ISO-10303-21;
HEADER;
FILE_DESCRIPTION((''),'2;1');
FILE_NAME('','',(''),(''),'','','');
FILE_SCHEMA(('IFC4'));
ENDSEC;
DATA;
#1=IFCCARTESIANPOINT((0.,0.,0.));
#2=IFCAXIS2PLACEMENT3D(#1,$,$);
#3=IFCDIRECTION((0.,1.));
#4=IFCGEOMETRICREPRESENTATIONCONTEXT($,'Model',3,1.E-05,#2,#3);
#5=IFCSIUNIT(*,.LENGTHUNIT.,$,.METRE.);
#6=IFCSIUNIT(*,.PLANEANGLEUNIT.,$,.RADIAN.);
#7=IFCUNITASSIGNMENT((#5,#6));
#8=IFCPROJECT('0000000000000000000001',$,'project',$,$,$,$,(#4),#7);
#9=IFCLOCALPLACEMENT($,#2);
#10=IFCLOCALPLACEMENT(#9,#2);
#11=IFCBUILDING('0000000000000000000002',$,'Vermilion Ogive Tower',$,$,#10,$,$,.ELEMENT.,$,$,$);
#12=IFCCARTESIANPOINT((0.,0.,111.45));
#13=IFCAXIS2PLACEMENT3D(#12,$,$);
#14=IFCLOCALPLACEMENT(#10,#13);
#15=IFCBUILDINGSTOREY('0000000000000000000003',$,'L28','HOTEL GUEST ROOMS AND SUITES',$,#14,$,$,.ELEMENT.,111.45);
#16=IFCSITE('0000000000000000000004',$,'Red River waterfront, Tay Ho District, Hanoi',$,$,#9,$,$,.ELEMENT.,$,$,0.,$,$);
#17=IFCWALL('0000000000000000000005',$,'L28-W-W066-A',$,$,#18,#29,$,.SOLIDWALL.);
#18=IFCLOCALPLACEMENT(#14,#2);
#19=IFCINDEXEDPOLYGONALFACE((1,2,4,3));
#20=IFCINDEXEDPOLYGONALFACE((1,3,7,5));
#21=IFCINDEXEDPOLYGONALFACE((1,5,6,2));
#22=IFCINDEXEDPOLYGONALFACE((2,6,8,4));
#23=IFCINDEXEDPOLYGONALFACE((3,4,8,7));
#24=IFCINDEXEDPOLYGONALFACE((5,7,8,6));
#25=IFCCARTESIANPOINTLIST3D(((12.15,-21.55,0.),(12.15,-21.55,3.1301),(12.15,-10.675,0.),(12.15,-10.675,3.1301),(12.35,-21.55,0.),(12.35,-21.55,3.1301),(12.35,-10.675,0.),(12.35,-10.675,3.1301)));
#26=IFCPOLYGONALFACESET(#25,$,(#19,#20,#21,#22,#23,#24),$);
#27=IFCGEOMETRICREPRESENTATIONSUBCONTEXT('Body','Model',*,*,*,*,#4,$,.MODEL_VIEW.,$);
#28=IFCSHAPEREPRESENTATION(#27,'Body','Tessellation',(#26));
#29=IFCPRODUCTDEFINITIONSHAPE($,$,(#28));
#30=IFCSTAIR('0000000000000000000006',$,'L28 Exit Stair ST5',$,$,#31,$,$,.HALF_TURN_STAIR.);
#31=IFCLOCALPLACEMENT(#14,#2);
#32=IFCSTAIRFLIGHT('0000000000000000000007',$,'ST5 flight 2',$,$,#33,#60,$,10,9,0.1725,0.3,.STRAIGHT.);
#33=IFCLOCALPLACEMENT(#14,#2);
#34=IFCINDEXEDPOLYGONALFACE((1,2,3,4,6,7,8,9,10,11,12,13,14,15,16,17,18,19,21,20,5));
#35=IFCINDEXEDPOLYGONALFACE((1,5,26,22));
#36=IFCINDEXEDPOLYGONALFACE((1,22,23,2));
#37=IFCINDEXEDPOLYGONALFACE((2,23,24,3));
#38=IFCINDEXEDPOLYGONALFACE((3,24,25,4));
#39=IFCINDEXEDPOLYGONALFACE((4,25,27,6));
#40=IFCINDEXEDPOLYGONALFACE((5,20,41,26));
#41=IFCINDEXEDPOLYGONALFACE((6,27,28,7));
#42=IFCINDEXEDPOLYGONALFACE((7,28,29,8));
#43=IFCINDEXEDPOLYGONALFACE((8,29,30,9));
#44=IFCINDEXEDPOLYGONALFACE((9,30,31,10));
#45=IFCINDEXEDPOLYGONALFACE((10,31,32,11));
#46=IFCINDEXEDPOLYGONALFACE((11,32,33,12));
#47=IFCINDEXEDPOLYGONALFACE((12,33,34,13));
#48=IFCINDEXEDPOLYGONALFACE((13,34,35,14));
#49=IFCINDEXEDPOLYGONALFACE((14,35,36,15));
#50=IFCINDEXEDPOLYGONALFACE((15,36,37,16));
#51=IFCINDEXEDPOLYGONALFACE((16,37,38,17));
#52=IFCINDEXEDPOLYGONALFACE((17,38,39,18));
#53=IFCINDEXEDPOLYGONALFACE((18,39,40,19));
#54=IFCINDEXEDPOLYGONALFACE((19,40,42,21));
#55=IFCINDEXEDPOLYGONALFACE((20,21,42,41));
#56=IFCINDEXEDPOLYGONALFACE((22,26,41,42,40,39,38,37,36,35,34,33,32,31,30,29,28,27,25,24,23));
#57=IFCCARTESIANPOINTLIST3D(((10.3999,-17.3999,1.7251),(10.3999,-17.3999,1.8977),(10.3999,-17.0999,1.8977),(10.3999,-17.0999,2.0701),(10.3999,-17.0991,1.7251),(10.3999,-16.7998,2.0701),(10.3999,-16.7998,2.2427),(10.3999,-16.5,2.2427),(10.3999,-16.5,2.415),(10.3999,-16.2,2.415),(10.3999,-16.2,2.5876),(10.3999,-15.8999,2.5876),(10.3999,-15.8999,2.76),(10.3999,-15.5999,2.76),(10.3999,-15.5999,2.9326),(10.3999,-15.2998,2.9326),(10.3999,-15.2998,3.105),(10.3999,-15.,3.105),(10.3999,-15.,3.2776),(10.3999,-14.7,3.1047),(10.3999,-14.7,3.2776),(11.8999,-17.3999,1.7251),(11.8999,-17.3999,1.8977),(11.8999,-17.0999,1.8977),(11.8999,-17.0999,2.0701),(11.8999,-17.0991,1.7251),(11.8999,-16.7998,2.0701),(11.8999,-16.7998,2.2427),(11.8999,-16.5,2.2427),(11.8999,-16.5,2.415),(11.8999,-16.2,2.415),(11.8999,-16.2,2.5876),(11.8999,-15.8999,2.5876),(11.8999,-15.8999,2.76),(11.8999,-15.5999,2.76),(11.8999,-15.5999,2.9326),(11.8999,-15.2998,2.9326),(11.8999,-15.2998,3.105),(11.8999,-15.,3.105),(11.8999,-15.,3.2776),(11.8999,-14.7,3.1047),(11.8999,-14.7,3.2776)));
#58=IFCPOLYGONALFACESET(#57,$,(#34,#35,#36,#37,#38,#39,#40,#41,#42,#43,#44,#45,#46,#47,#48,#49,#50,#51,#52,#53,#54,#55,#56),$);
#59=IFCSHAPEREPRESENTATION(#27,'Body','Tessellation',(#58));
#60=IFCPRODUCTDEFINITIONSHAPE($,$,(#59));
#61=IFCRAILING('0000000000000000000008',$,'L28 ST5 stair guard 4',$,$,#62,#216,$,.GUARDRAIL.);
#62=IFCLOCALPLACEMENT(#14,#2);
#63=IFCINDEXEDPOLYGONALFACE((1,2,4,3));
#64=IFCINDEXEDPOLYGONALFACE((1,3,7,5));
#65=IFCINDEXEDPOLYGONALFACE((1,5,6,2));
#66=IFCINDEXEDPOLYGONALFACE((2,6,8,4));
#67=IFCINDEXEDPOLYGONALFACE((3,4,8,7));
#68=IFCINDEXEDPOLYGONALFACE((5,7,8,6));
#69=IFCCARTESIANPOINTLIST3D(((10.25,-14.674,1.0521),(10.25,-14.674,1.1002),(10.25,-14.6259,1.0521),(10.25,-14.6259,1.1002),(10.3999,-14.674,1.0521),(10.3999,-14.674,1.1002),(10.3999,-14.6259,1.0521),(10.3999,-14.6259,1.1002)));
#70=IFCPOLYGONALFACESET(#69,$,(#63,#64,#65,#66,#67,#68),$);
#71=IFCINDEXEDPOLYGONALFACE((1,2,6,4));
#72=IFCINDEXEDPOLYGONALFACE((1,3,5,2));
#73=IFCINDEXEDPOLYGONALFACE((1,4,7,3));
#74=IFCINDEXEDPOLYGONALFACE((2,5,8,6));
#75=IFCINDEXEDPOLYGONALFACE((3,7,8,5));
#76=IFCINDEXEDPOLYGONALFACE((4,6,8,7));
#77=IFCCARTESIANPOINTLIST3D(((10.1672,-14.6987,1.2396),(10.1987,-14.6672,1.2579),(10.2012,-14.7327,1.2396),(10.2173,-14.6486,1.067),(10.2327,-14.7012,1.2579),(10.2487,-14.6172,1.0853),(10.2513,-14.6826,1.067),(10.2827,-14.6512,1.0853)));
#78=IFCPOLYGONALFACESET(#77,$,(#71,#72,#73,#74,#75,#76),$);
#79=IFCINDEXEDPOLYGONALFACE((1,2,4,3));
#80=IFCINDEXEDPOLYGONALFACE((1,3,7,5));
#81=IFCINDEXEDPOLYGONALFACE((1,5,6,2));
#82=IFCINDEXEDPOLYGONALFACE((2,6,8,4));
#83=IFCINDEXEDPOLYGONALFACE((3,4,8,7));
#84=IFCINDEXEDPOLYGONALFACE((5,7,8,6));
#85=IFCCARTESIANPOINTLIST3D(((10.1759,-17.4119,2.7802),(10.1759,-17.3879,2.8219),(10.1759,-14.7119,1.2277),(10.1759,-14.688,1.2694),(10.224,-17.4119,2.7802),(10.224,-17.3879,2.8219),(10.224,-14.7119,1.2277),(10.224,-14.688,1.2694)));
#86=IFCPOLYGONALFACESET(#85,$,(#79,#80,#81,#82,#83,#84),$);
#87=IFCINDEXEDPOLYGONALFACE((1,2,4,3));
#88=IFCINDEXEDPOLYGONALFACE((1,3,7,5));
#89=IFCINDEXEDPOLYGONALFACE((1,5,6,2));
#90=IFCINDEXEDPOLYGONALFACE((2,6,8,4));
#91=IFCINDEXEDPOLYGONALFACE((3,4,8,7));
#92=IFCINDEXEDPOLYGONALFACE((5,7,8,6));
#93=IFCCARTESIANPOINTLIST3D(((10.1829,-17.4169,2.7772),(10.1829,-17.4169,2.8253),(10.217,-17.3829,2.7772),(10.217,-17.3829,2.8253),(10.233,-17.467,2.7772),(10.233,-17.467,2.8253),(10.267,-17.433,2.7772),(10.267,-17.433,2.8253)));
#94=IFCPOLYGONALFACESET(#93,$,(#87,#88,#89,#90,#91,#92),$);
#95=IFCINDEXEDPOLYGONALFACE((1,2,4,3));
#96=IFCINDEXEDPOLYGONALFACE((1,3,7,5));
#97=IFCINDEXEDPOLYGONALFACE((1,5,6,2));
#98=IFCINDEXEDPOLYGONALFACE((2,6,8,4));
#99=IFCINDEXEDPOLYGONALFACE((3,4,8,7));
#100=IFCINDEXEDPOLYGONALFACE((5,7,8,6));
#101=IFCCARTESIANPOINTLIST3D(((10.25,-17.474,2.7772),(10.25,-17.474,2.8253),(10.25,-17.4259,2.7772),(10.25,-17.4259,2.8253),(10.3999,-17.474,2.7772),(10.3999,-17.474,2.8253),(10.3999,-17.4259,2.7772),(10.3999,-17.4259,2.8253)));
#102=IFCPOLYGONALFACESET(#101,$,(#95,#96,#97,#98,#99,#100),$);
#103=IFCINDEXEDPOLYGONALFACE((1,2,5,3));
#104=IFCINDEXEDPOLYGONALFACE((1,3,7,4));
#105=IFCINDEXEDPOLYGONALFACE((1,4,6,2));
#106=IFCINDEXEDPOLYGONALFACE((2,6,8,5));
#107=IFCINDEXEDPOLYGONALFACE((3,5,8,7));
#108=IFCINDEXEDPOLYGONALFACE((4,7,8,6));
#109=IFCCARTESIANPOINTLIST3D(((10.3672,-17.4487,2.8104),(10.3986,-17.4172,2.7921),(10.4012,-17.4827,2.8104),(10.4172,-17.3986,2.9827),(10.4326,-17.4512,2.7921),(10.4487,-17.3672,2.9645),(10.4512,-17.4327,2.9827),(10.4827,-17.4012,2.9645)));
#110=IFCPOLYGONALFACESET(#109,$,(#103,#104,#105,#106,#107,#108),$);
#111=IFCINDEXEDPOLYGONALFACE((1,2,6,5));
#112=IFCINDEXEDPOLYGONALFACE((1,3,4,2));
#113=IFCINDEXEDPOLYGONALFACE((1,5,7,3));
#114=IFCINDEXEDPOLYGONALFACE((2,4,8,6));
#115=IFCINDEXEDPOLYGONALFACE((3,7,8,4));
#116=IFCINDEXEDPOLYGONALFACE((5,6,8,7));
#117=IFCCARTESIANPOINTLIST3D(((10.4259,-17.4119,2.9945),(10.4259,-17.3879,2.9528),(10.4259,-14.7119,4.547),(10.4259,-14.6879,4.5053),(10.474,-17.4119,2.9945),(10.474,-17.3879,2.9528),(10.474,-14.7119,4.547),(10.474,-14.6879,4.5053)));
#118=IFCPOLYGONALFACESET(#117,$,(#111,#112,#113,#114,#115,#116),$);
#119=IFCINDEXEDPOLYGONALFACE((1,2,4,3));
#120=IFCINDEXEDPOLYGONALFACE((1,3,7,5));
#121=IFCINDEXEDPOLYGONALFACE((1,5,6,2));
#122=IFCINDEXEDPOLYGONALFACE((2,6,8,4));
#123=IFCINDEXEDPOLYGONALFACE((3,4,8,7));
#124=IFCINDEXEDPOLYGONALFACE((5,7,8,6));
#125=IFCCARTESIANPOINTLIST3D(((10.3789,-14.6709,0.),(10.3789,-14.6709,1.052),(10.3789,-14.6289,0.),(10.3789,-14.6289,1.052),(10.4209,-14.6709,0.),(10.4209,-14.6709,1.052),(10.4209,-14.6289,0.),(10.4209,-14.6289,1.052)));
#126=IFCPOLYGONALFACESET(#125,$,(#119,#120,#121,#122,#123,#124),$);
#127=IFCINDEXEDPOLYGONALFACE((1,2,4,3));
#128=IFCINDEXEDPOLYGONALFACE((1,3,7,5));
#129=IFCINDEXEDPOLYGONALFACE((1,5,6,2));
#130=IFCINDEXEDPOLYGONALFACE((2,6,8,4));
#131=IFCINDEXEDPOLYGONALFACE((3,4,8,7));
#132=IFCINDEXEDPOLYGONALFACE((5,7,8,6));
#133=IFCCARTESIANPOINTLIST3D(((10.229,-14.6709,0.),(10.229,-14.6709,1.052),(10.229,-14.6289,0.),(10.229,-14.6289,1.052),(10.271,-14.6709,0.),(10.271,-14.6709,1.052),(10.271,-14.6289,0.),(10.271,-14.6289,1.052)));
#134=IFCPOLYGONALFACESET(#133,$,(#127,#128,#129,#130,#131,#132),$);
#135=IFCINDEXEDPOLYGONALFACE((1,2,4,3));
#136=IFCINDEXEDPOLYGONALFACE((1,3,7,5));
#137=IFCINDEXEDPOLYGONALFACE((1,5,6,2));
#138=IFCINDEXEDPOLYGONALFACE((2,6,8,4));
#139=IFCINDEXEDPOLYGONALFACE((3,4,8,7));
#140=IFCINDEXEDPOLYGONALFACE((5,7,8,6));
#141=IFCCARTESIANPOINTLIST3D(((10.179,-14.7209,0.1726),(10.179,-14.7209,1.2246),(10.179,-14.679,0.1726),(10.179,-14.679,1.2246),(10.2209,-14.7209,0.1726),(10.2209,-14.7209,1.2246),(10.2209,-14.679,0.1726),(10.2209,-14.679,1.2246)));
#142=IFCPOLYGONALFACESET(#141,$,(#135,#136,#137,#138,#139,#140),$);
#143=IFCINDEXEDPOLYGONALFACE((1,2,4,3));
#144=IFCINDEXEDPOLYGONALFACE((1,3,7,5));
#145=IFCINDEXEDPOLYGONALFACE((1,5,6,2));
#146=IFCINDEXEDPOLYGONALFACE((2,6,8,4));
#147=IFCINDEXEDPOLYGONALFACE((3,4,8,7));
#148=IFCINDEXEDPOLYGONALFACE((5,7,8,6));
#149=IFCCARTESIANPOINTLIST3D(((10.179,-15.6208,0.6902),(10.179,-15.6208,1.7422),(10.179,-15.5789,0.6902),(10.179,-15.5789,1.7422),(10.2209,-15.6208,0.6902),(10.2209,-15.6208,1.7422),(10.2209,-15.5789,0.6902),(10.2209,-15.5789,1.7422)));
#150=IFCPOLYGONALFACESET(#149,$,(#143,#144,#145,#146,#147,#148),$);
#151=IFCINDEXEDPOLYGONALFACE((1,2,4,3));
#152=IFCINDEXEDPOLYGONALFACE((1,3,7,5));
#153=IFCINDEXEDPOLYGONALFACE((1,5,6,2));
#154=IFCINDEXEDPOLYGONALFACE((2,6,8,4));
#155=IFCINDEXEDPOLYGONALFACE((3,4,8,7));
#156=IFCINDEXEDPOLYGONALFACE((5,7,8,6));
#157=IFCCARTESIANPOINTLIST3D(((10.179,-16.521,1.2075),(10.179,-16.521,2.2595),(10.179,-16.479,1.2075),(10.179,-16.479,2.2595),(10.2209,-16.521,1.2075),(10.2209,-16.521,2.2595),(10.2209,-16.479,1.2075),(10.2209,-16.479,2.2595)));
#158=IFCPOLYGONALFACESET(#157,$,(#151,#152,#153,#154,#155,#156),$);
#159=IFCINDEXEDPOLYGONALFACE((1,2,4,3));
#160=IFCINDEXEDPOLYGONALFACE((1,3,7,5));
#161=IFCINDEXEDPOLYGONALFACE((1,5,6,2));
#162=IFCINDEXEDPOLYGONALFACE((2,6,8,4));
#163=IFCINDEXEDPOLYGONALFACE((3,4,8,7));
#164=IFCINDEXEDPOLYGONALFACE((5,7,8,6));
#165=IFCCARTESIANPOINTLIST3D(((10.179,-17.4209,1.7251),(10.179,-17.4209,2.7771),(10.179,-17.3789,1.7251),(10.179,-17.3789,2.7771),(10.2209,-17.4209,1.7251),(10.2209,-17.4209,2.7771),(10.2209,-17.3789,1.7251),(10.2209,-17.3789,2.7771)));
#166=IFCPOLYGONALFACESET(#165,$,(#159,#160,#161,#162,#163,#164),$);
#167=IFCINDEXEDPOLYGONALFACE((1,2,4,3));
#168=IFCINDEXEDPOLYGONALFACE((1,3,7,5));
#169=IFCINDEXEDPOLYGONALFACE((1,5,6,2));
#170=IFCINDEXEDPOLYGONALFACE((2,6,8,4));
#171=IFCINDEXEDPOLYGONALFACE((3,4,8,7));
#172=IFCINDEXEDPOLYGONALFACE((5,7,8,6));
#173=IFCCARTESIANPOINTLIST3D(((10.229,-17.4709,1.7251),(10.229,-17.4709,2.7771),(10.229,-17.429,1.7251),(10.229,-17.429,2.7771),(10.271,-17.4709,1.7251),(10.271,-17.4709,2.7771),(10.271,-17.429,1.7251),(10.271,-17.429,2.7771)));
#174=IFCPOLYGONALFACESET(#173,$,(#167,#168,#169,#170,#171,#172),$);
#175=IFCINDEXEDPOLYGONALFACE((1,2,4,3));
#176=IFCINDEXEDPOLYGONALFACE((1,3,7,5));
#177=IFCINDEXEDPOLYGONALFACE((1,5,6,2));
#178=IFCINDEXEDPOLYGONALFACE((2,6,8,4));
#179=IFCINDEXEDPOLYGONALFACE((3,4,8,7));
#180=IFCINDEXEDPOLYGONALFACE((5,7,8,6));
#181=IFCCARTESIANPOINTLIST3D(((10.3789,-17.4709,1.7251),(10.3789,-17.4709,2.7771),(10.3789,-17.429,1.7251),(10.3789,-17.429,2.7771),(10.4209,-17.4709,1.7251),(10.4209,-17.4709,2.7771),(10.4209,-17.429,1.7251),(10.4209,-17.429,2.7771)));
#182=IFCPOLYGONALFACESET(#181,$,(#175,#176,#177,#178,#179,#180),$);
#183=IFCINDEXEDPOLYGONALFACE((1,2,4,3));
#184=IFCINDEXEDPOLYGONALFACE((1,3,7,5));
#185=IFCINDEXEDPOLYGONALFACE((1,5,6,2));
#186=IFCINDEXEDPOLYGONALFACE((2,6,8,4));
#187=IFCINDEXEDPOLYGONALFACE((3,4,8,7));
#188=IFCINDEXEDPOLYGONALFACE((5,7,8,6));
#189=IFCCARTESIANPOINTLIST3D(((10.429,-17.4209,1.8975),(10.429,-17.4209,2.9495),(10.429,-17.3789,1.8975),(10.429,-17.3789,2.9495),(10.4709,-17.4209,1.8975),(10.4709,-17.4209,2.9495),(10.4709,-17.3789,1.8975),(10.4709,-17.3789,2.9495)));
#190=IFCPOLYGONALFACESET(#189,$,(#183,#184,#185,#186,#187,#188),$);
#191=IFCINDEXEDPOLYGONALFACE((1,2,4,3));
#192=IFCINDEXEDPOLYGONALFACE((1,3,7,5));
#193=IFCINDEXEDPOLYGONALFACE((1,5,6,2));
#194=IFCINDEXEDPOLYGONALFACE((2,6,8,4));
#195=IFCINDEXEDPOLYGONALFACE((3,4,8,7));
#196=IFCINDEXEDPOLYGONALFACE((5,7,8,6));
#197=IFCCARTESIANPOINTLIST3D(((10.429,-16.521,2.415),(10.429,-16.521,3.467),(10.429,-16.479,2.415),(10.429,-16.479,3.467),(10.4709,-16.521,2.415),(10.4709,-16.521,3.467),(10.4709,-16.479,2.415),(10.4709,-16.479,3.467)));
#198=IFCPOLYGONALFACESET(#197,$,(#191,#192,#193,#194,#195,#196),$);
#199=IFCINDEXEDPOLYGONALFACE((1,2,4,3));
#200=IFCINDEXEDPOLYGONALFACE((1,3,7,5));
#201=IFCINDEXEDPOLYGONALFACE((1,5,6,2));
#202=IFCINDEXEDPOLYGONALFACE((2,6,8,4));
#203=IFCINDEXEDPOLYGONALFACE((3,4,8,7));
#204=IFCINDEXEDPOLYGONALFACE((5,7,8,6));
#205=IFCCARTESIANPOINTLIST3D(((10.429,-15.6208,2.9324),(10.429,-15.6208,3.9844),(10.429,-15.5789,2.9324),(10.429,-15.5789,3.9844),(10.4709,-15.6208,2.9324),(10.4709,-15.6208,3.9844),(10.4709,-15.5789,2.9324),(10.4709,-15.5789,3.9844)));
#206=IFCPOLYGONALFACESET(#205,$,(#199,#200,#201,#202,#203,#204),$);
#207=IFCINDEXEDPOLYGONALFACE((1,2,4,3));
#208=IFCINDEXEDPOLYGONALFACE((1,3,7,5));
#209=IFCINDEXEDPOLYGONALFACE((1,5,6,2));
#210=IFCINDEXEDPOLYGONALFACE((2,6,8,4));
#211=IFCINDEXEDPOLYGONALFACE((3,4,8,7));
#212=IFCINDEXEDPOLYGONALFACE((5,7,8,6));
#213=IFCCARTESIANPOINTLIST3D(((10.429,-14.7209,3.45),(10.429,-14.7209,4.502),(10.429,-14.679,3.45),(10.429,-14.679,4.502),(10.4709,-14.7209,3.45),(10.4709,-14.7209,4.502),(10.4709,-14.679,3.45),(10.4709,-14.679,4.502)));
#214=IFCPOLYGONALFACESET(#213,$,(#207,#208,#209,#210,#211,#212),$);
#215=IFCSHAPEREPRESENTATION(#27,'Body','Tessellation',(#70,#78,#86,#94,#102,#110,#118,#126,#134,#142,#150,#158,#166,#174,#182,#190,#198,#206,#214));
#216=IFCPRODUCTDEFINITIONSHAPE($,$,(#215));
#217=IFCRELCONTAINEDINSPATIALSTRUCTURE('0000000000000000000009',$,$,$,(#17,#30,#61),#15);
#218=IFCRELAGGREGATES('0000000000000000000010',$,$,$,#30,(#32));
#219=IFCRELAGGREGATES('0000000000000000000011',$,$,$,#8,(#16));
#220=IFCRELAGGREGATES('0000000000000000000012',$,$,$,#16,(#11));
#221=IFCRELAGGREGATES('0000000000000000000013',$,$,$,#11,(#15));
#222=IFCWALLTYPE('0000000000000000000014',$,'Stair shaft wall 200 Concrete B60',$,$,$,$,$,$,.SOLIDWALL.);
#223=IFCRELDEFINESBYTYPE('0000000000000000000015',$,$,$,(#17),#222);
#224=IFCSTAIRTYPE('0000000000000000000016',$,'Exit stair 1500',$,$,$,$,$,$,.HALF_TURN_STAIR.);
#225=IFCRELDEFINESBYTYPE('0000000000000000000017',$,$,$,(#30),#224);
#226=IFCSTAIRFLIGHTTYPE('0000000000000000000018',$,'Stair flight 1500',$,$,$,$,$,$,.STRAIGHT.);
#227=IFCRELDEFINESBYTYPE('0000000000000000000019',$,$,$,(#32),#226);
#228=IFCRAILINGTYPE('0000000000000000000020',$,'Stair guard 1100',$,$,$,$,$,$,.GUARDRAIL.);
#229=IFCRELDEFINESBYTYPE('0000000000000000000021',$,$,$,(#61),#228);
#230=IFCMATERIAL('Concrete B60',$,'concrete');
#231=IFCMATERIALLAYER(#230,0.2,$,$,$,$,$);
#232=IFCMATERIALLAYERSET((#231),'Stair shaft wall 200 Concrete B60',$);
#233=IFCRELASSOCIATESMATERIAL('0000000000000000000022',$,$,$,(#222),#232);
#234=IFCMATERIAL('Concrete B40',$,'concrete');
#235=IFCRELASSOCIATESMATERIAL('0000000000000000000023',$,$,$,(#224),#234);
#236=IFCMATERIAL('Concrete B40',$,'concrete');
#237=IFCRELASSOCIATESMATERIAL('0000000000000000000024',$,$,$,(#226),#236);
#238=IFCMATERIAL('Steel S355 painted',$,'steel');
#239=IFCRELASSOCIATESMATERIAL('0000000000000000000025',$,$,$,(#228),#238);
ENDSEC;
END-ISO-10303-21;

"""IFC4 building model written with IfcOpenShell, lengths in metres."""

from ifc_helpers import new_model, si_unit, direction, frame, frame_2d, origin, origin_2d, place, context, subcontext, project, spatial, polyline, rectangle, outline, extrude, material, layer, layer_set, type_object, element, aggregate, save


model = new_model("IFC4")

# Units and contexts
model_context = context("Model", 3, precision=1e-05, world=origin(), true_north=direction((0.0, 1.0)))
body_context = subcontext(model_context, "Body", "Model", "MODEL_VIEW")
ifc_project = project(units=[si_unit("LENGTHUNIT", "METRE"), si_unit("PLANEANGLEUNIT", "RADIAN")], contexts=[model_context])

# Site, building, storey
site_placement = place(None, origin())
site = spatial("IfcSite", under=ifc_project, at=site_placement, Name="Red River waterfront, Tay Ho District, Hanoi", CompositionType="ELEMENT", RefElevation=0.0)
building_placement = place(site_placement, origin())
building = spatial("IfcBuilding", under=site, at=building_placement, Name="Vermilion Ogive Tower", CompositionType="ELEMENT")
storey_placement = place(building_placement, frame((0.0, 0.0, 111.45)))
storey = spatial("IfcBuildingStorey", under=building, at=storey_placement, Name="L28", Description="HOTEL GUEST ROOMS AND SUITES", CompositionType="ELEMENT", Elevation=111.45)

# Wall
ifc_material_1 = material(Name="Concrete B60", Category="concrete")
ifc_layer_1 = layer(ifc_material_1, 0.2)
ifc_layer_set_1 = layer_set([ifc_layer_1], Name="Stair shaft wall 200 Concrete B60")
wall_type_1 = type_object("IfcWallType", Name="Stair shaft wall 200 Concrete B60", PredefinedType="SOLIDWALL", material=ifc_layer_set_1)
wall_1_placement = place(storey_placement, frame((12.25, -21.55, 0.0), z_axis=(0.0, 0.0, 1.0), x_axis=(0.0, 1.0, 0.0)))
element("IfcWall", 1, at=wall_1_placement, inside=storey, type_object=wall_type_1, Name="L28-W-W066-A", PredefinedType="SOLIDWALL", context=body_context, shape_type="SweptSolid", body=[
    extrude(rectangle(XDim=10.875, YDim=0.2, at=frame_2d((5.4375, 0.0))), origin(), (0.0, 0.0, 1.0), 3.1301),
])

# Stair, stair flight
ifc_material_2 = material(Name="Concrete B40", Category="concrete")
stair_type = type_object("IfcStairType", Name="Exit stair 1500", PredefinedType="HALF_TURN_STAIR", material=ifc_material_2)
stair_placement = place(storey_placement, origin())
stair = element("IfcStair", 2, at=stair_placement, inside=storey, type_object=stair_type, Name="L28 Exit Stair ST5", PredefinedType="HALF_TURN_STAIR")
ifc_material_3 = material(Name="Concrete B40", Category="concrete")
stair_flight_type = type_object("IfcStairFlightType", Name="Stair flight 1500", PredefinedType="STRAIGHT", material=ifc_material_3)
stair_flight_placement = place(storey_placement, frame((11.1499, -17.3999, 1.7251), z_axis=(0.0, 0.0, 1.0), x_axis=(0.0, 1.0, 0.0)))
stair_flight = element("IfcStairFlight", 3, at=stair_flight_placement, type_object=stair_flight_type, Name="ST5 flight 2", NumberOfRisers=10, NumberOfTreads=9, PredefinedType="STRAIGHT", RiserHeight=0.1725, TreadLength=0.3, context=body_context, shape_type="SweptSolid", body=[
    extrude(outline(polyline([(0.0, 0.0), (0.0, 0.1726), (0.3, 0.1726), (0.3, 0.345), (0.6001, 0.345), (0.6001, 0.5176), (0.8999, 0.5176), (0.8999, 0.6899), (1.2, 0.6899), (1.2, 0.8625), (1.5, 0.8625), (1.5, 1.0349), (1.8, 1.0349), (1.8, 1.2075), (2.1001, 1.2075), (2.1001, 1.3799), (2.3999, 1.3799), (2.3999, 1.5525), (2.7, 1.5525), (2.7, 1.7251), (2.7, 1.3796), (0.3008, 0.0), (0.0, 0.0)])), frame((0.0, 0.75, 0.0), z_axis=(0.0, -1.0, 0.0), x_axis=(1.0, 0.0, 0.0)), (0.0, 0.0, 1.0), 1.5),
])
aggregate(stair, [stair_flight])

# Railing
ifc_material_4 = material(Name="Steel S355 painted", Category="steel")
railing_type_1 = type_object("IfcRailingType", Name="Stair guard 1100", PredefinedType="GUARDRAIL", material=ifc_material_4)
railing_1_placement = place(storey_placement, frame((10.3999, -14.6499, 0.0)))
element("IfcRailing", 4, at=railing_1_placement, inside=storey, type_object=railing_type_1, Name="L28 ST5 stair guard 4", PredefinedType="GUARDRAIL", context=body_context, shape_type="SweptSolid", body=[
    extrude(rectangle(XDim=0.0481, YDim=0.0481, at=origin_2d()), frame((0.0, 0.0, 1.0762), z_axis=(-1.0, 0.0, 0.0), x_axis=(0.0, -1.0, 0.0)), (0.0, 0.0, 1.0), 0.1499),
    extrude(rectangle(XDim=0.0481, YDim=0.0481, at=origin_2d()), frame((-0.1499, 0.0, 1.0762), z_axis=(-0.268278, -0.268278, 0.925232), x_axis=(0.707107, -0.707107, 0.0)), (0.0, 0.0, 1.0), 0.1865),
    extrude(rectangle(XDim=0.0481, YDim=0.0481, at=origin_2d()), frame((-0.2, -0.05, 1.2485), z_axis=(0.0, -0.866904, 0.498476), x_axis=(1.0, 0.0, 0.0)), (0.0, 0.0, 1.0), 3.1145),
    extrude(rectangle(XDim=0.0481, YDim=0.0481, at=origin_2d()), frame((-0.2, -2.75, 2.8013), z_axis=(0.707107, -0.707107, 0.0), x_axis=(0.707107, 0.707107, 0.0)), (0.0, 0.0, 1.0), 0.0708),
    extrude(rectangle(XDim=0.0481, YDim=0.0481, at=origin_2d()), frame((-0.1499, -2.8, 2.8013), z_axis=(1.0, 0.0, 0.0), x_axis=(0.0, 1.0, 0.0)), (0.0, 0.0, 1.0), 0.1499),
    extrude(rectangle(XDim=0.0481, YDim=0.0481, at=origin_2d()), frame((0.0, -2.8, 2.8013), z_axis=(0.268603, 0.268603, 0.925043), x_axis=(-0.707107, 0.707107, 0.0)), (0.0, 0.0, 1.0), 0.1863),
    extrude(rectangle(XDim=0.0481, YDim=0.0481, at=origin_2d()), frame((0.05, -2.75, 2.9736), z_axis=(0.0, 0.866904, 0.498476), x_axis=(-1.0, 0.0, 0.0)), (0.0, 0.0, 1.0), 3.1145),
    extrude(rectangle(XDim=0.042, YDim=0.042, at=origin_2d()), origin(), (0.0, 0.0, 1.0), 1.052),
    extrude(rectangle(XDim=0.042, YDim=0.042, at=origin_2d()), frame((-0.1499, 0.0, 0.0)), (0.0, 0.0, 1.0), 1.052),
    extrude(rectangle(XDim=0.042, YDim=0.042, at=origin_2d()), frame((-0.2, -0.05, 0.1726)), (0.0, 0.0, 1.0), 1.052),
    extrude(rectangle(XDim=0.042, YDim=0.042, at=origin_2d()), frame((-0.2, -0.95, 0.6902)), (0.0, 0.0, 1.0), 1.052),
    extrude(rectangle(XDim=0.042, YDim=0.042, at=origin_2d()), frame((-0.2, -1.8501, 1.2075)), (0.0, 0.0, 1.0), 1.052),
    extrude(rectangle(XDim=0.042, YDim=0.042, at=origin_2d()), frame((-0.2, -2.75, 1.7251)), (0.0, 0.0, 1.0), 1.052),
    extrude(rectangle(XDim=0.042, YDim=0.042, at=origin_2d()), frame((-0.1499, -2.8, 1.7251)), (0.0, 0.0, 1.0), 1.052),
    extrude(rectangle(XDim=0.042, YDim=0.042, at=origin_2d()), frame((0.0, -2.8, 1.7251)), (0.0, 0.0, 1.0), 1.052),
    extrude(rectangle(XDim=0.042, YDim=0.042, at=origin_2d()), frame((0.05, -2.75, 1.8975)), (0.0, 0.0, 1.0), 1.052),
    extrude(rectangle(XDim=0.042, YDim=0.042, at=origin_2d()), frame((0.05, -1.8501, 2.415)), (0.0, 0.0, 1.0), 1.052),
    extrude(rectangle(XDim=0.042, YDim=0.042, at=origin_2d()), frame((0.05, -0.95, 2.9324)), (0.0, 0.0, 1.0), 1.052),
    extrude(rectangle(XDim=0.042, YDim=0.042, at=origin_2d()), frame((0.05, -0.05, 3.45)), (0.0, 0.0, 1.0), 1.052),
])

save(model, "model.ifc")
